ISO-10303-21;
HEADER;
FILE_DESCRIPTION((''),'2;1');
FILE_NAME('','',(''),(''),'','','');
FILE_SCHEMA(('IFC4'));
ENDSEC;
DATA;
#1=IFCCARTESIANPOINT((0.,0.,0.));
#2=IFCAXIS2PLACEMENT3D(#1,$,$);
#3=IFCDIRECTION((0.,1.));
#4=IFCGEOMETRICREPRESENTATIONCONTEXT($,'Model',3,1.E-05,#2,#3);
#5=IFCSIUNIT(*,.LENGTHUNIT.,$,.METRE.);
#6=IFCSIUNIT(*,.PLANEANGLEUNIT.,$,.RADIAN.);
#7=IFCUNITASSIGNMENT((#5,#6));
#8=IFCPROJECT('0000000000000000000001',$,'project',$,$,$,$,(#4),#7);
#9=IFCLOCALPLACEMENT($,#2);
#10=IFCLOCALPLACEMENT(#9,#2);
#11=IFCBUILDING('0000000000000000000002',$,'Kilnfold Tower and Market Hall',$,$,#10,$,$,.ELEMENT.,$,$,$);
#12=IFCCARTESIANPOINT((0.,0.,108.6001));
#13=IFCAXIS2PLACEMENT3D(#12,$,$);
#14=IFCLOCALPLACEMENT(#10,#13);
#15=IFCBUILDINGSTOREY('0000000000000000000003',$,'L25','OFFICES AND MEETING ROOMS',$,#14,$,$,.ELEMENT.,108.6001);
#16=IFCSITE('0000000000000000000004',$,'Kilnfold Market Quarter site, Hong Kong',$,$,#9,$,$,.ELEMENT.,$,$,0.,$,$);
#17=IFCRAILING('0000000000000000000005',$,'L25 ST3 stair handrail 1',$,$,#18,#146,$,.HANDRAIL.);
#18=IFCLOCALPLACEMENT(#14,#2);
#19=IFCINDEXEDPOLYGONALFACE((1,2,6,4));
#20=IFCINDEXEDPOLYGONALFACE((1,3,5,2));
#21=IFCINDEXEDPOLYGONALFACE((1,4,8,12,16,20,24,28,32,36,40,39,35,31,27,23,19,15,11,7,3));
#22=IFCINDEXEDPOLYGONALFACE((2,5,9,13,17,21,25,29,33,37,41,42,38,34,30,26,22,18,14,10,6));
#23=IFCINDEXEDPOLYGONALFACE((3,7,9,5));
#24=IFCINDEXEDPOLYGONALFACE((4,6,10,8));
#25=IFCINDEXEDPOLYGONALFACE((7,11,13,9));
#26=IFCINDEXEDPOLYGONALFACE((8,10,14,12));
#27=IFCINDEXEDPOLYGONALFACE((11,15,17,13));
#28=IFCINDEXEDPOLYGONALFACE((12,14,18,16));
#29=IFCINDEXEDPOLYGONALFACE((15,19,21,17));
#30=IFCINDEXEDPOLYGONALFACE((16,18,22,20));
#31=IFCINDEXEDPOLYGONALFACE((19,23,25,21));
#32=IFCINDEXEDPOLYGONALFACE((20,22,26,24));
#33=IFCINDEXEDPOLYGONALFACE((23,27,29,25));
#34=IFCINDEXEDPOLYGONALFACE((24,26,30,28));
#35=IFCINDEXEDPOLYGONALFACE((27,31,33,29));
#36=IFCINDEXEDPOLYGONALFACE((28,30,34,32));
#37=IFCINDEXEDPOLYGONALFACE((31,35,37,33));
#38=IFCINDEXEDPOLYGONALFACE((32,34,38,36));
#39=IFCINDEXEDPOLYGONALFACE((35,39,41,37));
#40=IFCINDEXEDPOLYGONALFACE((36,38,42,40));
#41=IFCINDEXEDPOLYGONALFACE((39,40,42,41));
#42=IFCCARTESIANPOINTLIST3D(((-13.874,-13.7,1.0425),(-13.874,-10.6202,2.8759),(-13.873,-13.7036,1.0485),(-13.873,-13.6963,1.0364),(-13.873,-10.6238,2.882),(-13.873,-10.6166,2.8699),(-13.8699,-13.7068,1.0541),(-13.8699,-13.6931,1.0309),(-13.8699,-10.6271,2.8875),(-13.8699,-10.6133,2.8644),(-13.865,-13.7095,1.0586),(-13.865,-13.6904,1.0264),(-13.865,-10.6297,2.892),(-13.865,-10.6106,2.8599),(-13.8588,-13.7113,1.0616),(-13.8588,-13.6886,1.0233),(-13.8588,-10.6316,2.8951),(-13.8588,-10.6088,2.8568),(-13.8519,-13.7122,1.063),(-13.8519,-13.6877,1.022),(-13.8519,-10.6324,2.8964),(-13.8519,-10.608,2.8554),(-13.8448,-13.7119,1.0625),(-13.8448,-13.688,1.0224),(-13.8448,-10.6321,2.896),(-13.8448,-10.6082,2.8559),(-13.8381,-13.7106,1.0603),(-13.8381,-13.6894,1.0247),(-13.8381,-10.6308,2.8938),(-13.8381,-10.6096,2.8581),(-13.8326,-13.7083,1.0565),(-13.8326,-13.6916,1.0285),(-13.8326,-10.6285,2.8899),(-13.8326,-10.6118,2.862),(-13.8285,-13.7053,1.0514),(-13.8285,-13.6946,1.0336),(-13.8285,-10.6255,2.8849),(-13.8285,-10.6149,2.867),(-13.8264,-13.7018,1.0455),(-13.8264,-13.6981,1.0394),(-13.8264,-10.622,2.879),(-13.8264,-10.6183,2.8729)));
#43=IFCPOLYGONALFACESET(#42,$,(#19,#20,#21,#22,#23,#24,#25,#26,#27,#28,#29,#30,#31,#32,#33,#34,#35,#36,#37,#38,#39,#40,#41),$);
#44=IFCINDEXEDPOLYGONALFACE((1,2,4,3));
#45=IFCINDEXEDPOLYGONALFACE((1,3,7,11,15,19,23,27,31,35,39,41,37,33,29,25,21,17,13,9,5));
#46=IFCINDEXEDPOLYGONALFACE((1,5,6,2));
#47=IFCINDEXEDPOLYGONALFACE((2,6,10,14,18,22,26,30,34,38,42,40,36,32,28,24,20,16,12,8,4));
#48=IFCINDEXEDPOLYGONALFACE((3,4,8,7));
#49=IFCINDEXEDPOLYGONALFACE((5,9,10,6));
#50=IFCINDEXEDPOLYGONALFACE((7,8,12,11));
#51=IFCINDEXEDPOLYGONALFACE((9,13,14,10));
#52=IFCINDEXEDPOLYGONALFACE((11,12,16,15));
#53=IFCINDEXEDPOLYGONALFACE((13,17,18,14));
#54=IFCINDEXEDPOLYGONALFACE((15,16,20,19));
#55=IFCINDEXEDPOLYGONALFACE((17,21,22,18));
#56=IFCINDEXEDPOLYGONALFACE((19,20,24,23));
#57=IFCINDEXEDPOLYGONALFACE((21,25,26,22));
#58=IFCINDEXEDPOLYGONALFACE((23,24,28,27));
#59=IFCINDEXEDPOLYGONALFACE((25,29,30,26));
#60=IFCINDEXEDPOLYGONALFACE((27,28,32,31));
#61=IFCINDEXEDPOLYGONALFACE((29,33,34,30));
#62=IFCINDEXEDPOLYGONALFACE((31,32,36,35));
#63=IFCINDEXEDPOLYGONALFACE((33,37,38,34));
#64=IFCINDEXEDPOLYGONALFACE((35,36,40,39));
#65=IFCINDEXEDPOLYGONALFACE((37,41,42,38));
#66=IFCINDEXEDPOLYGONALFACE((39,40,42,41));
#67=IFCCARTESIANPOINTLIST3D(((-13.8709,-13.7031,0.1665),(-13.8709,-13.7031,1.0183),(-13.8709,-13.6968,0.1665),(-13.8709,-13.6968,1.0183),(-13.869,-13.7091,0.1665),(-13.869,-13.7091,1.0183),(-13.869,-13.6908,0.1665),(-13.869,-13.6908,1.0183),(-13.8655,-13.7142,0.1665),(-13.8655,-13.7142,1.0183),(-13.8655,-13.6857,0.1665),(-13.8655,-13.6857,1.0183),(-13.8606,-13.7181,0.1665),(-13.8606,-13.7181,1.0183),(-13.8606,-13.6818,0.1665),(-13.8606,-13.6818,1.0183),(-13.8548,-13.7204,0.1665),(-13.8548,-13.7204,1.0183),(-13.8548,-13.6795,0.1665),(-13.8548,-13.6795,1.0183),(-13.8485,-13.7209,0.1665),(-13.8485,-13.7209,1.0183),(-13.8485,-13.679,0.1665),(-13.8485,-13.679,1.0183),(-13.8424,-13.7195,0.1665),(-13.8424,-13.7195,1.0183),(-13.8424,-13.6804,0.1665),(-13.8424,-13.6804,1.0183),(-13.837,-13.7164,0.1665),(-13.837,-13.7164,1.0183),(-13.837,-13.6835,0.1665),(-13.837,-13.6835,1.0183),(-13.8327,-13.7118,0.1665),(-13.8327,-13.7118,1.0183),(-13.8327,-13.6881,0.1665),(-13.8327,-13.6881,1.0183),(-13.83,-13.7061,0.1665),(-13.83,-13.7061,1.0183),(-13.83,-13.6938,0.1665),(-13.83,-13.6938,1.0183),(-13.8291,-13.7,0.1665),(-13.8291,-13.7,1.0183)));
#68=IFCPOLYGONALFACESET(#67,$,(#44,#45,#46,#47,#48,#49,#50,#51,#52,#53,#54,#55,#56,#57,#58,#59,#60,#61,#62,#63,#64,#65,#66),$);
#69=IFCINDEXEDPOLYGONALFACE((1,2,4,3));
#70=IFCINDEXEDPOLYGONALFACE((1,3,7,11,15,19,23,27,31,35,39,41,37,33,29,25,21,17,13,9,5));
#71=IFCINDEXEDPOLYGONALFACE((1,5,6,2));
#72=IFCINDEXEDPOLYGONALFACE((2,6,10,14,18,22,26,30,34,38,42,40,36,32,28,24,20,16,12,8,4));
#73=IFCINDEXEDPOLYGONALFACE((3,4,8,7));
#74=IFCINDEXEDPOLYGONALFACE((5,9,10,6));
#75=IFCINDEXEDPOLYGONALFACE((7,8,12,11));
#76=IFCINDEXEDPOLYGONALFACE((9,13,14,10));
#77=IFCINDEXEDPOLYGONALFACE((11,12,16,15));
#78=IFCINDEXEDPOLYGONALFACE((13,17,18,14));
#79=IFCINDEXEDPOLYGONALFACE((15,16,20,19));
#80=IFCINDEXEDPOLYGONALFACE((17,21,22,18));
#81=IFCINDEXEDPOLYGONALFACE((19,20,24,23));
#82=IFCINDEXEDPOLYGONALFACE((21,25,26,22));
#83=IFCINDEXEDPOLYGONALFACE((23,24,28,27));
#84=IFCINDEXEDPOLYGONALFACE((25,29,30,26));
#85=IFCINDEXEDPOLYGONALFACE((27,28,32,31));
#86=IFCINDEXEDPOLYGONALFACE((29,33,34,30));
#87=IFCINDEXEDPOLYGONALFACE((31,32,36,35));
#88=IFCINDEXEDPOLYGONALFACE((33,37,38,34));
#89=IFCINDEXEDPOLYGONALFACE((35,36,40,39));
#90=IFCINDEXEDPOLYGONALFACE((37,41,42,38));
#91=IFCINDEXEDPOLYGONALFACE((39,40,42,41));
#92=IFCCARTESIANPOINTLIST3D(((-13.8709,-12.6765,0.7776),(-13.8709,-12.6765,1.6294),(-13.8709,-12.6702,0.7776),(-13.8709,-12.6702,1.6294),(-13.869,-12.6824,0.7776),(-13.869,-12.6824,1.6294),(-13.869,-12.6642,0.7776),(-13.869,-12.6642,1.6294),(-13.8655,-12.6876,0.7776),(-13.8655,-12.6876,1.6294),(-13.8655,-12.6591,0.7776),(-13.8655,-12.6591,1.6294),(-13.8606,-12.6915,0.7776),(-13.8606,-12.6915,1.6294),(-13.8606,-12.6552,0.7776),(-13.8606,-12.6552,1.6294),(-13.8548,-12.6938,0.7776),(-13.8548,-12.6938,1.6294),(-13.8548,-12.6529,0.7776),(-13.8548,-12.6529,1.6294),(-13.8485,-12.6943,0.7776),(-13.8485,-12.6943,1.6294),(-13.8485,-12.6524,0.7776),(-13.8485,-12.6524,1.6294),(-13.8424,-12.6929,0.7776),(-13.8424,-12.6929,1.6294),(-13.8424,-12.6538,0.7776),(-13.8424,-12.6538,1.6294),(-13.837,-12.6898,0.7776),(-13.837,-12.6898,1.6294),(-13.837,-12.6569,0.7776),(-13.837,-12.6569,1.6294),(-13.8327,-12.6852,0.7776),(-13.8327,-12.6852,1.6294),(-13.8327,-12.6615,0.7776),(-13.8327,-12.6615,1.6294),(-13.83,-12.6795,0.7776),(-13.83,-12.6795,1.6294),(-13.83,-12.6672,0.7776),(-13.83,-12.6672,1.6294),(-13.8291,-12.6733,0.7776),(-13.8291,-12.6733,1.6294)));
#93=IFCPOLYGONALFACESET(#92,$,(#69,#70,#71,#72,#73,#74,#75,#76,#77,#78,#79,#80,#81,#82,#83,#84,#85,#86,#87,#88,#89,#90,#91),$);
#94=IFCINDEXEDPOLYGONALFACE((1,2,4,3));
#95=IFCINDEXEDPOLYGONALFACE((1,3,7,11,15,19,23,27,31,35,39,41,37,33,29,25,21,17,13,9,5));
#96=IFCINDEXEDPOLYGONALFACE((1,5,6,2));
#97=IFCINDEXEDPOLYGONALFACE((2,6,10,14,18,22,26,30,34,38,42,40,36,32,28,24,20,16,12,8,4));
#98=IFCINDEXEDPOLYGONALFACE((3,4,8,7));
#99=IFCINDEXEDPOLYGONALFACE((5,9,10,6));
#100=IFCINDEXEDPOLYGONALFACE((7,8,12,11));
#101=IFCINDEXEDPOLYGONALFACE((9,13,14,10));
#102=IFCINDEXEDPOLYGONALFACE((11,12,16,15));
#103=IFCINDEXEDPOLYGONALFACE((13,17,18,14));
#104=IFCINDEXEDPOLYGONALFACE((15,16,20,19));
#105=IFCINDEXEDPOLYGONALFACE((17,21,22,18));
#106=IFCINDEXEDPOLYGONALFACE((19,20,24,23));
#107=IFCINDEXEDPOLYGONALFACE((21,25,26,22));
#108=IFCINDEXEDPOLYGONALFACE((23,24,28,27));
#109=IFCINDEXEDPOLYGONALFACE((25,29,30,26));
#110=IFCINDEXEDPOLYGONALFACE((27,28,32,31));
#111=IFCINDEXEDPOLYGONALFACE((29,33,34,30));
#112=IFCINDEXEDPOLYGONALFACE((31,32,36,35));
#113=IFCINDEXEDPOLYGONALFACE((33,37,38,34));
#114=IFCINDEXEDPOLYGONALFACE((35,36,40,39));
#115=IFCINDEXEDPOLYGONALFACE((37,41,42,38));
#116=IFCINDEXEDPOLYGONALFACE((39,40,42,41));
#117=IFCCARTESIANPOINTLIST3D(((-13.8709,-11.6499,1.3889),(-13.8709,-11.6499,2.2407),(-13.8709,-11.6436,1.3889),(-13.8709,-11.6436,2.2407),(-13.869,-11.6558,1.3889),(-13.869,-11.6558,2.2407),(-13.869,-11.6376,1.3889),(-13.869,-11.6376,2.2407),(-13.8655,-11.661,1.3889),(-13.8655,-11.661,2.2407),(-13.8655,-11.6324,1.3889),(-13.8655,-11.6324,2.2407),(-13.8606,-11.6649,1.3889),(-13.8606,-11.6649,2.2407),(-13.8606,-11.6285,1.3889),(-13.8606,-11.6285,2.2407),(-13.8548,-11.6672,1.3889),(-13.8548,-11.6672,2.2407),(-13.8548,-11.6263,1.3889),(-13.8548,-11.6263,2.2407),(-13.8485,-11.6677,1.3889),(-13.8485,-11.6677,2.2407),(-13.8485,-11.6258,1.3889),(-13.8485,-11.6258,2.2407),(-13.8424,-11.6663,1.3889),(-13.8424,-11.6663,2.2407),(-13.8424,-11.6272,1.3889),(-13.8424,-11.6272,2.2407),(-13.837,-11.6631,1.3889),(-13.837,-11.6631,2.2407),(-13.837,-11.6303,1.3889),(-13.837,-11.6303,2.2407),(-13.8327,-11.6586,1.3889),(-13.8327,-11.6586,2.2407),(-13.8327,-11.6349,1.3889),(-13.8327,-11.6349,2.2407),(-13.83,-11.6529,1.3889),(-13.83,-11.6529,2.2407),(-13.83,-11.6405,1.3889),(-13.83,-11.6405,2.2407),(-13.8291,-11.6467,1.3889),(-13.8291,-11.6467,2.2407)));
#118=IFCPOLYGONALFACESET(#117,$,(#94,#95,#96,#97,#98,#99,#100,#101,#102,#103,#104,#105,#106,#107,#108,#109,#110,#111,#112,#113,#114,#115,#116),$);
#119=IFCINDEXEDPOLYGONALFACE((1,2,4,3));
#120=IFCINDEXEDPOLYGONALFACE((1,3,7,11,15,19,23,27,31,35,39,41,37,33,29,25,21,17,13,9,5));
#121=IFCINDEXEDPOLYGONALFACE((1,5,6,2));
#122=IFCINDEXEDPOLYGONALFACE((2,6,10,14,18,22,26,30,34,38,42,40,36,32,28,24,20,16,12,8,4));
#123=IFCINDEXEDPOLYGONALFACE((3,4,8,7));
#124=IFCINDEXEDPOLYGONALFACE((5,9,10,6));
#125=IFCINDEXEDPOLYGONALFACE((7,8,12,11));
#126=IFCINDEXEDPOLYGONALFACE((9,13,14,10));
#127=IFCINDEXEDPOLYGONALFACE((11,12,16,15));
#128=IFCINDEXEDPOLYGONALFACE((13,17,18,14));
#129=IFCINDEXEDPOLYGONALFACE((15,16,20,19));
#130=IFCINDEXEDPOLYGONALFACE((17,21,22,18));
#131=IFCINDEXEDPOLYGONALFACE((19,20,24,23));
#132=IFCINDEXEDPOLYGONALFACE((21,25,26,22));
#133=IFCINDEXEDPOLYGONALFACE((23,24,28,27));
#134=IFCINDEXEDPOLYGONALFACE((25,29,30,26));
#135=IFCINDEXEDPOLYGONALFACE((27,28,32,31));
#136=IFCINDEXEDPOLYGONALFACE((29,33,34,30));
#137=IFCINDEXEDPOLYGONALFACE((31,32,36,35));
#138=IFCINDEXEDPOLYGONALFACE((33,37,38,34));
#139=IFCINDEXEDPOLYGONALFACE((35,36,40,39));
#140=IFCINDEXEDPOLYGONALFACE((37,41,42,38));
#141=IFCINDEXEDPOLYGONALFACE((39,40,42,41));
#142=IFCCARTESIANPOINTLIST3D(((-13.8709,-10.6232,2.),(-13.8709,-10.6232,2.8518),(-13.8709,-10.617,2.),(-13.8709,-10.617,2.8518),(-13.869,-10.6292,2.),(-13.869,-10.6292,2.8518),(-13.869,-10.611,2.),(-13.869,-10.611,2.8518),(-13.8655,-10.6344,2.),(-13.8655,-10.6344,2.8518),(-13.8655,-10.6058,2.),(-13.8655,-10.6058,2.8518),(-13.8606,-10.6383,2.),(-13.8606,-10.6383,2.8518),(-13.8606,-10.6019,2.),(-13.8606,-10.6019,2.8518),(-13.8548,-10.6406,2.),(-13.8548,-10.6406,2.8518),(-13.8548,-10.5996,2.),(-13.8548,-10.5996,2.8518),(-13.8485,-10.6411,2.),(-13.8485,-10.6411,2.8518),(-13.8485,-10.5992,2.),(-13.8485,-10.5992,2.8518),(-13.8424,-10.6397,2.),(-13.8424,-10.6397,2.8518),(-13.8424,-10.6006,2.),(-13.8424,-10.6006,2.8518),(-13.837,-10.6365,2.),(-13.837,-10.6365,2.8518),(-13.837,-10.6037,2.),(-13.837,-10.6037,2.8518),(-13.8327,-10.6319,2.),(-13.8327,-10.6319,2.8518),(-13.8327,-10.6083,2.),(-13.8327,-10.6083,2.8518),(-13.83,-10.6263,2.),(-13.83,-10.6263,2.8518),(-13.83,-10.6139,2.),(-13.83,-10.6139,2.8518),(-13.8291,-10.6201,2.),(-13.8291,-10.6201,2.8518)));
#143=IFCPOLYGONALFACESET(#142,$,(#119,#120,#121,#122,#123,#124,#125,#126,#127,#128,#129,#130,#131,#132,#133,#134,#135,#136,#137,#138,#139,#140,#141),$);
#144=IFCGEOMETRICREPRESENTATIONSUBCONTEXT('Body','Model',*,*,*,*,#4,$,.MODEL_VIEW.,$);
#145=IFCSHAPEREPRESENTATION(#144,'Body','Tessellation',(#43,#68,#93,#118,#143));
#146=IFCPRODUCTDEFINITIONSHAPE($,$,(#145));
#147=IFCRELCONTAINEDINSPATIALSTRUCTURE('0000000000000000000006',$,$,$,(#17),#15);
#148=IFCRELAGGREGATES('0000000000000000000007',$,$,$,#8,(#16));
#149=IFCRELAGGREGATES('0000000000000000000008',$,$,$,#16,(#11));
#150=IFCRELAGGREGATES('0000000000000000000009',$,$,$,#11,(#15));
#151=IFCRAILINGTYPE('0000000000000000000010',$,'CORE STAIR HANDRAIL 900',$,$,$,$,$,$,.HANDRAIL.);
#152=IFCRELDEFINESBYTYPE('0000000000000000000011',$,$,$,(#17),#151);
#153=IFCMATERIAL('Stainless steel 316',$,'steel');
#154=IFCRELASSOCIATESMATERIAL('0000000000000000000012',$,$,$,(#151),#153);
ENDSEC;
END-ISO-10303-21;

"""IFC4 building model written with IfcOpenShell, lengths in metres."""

from ifc_helpers import new_model, si_unit, direction, frame, origin, origin_2d, place, context, subcontext, project, spatial, circle, extrude, material, type_object, element, save


model = new_model("IFC4")

# Units and contexts
model_context = context("Model", 3, precision=1e-05, world=origin(), true_north=direction((0.0, 1.0)))
body_context = subcontext(model_context, "Body", "Model", "MODEL_VIEW")
ifc_project = project(units=[si_unit("LENGTHUNIT", "METRE"), si_unit("PLANEANGLEUNIT", "RADIAN")], contexts=[model_context])

# Site, building, storey
site_placement = place(None, origin())
site = spatial("IfcSite", under=ifc_project, at=site_placement, Name="Kilnfold Market Quarter site, Hong Kong", CompositionType="ELEMENT", RefElevation=0.0)
building_placement = place(site_placement, origin())
building = spatial("IfcBuilding", under=site, at=building_placement, Name="Kilnfold Tower and Market Hall", CompositionType="ELEMENT")
storey_placement = place(building_placement, frame((0.0, 0.0, 108.6001)))
storey = spatial("IfcBuildingStorey", under=building, at=storey_placement, Name="L25", Description="OFFICES AND MEETING ROOMS", CompositionType="ELEMENT", Elevation=108.6001)

# Railing
ifc_material_1 = material(Name="Stainless steel 316", Category="steel")
railing_type_1 = type_object("IfcRailingType", Name="CORE STAIR HANDRAIL 900", PredefinedType="HANDRAIL", material=ifc_material_1)
railing_1_placement = place(storey_placement, frame((-13.8501, -13.7, 0.1665)))
element("IfcRailing", 1, at=railing_1_placement, inside=storey, type_object=railing_type_1, Name="L25 ST3 stair handrail 1", PredefinedType="HANDRAIL", context=body_context, shape_type="SweptSolid", body=[
    extrude(circle(Radius=0.0239, at=origin_2d()), frame((0.0, 0.0, 0.876), z_axis=(0.0, 0.859261, 0.511538), x_axis=(-1.0, 0.0, 0.0)), (0.0, 0.0, 1.0), 3.5842),
    extrude(circle(Radius=0.021, at=origin_2d()), origin(), (0.0, 0.0, 1.0), 0.8518),
    extrude(circle(Radius=0.021, at=origin_2d()), frame((0.0, 1.0266, 0.6111)), (0.0, 0.0, 1.0), 0.8518),
    extrude(circle(Radius=0.021, at=origin_2d()), frame((0.0, 2.0532, 1.2224)), (0.0, 0.0, 1.0), 0.8518),
    extrude(circle(Radius=0.021, at=origin_2d()), frame((0.0, 3.0798, 1.8335)), (0.0, 0.0, 1.0), 0.8518),
])

save(model, "model.ifc")
